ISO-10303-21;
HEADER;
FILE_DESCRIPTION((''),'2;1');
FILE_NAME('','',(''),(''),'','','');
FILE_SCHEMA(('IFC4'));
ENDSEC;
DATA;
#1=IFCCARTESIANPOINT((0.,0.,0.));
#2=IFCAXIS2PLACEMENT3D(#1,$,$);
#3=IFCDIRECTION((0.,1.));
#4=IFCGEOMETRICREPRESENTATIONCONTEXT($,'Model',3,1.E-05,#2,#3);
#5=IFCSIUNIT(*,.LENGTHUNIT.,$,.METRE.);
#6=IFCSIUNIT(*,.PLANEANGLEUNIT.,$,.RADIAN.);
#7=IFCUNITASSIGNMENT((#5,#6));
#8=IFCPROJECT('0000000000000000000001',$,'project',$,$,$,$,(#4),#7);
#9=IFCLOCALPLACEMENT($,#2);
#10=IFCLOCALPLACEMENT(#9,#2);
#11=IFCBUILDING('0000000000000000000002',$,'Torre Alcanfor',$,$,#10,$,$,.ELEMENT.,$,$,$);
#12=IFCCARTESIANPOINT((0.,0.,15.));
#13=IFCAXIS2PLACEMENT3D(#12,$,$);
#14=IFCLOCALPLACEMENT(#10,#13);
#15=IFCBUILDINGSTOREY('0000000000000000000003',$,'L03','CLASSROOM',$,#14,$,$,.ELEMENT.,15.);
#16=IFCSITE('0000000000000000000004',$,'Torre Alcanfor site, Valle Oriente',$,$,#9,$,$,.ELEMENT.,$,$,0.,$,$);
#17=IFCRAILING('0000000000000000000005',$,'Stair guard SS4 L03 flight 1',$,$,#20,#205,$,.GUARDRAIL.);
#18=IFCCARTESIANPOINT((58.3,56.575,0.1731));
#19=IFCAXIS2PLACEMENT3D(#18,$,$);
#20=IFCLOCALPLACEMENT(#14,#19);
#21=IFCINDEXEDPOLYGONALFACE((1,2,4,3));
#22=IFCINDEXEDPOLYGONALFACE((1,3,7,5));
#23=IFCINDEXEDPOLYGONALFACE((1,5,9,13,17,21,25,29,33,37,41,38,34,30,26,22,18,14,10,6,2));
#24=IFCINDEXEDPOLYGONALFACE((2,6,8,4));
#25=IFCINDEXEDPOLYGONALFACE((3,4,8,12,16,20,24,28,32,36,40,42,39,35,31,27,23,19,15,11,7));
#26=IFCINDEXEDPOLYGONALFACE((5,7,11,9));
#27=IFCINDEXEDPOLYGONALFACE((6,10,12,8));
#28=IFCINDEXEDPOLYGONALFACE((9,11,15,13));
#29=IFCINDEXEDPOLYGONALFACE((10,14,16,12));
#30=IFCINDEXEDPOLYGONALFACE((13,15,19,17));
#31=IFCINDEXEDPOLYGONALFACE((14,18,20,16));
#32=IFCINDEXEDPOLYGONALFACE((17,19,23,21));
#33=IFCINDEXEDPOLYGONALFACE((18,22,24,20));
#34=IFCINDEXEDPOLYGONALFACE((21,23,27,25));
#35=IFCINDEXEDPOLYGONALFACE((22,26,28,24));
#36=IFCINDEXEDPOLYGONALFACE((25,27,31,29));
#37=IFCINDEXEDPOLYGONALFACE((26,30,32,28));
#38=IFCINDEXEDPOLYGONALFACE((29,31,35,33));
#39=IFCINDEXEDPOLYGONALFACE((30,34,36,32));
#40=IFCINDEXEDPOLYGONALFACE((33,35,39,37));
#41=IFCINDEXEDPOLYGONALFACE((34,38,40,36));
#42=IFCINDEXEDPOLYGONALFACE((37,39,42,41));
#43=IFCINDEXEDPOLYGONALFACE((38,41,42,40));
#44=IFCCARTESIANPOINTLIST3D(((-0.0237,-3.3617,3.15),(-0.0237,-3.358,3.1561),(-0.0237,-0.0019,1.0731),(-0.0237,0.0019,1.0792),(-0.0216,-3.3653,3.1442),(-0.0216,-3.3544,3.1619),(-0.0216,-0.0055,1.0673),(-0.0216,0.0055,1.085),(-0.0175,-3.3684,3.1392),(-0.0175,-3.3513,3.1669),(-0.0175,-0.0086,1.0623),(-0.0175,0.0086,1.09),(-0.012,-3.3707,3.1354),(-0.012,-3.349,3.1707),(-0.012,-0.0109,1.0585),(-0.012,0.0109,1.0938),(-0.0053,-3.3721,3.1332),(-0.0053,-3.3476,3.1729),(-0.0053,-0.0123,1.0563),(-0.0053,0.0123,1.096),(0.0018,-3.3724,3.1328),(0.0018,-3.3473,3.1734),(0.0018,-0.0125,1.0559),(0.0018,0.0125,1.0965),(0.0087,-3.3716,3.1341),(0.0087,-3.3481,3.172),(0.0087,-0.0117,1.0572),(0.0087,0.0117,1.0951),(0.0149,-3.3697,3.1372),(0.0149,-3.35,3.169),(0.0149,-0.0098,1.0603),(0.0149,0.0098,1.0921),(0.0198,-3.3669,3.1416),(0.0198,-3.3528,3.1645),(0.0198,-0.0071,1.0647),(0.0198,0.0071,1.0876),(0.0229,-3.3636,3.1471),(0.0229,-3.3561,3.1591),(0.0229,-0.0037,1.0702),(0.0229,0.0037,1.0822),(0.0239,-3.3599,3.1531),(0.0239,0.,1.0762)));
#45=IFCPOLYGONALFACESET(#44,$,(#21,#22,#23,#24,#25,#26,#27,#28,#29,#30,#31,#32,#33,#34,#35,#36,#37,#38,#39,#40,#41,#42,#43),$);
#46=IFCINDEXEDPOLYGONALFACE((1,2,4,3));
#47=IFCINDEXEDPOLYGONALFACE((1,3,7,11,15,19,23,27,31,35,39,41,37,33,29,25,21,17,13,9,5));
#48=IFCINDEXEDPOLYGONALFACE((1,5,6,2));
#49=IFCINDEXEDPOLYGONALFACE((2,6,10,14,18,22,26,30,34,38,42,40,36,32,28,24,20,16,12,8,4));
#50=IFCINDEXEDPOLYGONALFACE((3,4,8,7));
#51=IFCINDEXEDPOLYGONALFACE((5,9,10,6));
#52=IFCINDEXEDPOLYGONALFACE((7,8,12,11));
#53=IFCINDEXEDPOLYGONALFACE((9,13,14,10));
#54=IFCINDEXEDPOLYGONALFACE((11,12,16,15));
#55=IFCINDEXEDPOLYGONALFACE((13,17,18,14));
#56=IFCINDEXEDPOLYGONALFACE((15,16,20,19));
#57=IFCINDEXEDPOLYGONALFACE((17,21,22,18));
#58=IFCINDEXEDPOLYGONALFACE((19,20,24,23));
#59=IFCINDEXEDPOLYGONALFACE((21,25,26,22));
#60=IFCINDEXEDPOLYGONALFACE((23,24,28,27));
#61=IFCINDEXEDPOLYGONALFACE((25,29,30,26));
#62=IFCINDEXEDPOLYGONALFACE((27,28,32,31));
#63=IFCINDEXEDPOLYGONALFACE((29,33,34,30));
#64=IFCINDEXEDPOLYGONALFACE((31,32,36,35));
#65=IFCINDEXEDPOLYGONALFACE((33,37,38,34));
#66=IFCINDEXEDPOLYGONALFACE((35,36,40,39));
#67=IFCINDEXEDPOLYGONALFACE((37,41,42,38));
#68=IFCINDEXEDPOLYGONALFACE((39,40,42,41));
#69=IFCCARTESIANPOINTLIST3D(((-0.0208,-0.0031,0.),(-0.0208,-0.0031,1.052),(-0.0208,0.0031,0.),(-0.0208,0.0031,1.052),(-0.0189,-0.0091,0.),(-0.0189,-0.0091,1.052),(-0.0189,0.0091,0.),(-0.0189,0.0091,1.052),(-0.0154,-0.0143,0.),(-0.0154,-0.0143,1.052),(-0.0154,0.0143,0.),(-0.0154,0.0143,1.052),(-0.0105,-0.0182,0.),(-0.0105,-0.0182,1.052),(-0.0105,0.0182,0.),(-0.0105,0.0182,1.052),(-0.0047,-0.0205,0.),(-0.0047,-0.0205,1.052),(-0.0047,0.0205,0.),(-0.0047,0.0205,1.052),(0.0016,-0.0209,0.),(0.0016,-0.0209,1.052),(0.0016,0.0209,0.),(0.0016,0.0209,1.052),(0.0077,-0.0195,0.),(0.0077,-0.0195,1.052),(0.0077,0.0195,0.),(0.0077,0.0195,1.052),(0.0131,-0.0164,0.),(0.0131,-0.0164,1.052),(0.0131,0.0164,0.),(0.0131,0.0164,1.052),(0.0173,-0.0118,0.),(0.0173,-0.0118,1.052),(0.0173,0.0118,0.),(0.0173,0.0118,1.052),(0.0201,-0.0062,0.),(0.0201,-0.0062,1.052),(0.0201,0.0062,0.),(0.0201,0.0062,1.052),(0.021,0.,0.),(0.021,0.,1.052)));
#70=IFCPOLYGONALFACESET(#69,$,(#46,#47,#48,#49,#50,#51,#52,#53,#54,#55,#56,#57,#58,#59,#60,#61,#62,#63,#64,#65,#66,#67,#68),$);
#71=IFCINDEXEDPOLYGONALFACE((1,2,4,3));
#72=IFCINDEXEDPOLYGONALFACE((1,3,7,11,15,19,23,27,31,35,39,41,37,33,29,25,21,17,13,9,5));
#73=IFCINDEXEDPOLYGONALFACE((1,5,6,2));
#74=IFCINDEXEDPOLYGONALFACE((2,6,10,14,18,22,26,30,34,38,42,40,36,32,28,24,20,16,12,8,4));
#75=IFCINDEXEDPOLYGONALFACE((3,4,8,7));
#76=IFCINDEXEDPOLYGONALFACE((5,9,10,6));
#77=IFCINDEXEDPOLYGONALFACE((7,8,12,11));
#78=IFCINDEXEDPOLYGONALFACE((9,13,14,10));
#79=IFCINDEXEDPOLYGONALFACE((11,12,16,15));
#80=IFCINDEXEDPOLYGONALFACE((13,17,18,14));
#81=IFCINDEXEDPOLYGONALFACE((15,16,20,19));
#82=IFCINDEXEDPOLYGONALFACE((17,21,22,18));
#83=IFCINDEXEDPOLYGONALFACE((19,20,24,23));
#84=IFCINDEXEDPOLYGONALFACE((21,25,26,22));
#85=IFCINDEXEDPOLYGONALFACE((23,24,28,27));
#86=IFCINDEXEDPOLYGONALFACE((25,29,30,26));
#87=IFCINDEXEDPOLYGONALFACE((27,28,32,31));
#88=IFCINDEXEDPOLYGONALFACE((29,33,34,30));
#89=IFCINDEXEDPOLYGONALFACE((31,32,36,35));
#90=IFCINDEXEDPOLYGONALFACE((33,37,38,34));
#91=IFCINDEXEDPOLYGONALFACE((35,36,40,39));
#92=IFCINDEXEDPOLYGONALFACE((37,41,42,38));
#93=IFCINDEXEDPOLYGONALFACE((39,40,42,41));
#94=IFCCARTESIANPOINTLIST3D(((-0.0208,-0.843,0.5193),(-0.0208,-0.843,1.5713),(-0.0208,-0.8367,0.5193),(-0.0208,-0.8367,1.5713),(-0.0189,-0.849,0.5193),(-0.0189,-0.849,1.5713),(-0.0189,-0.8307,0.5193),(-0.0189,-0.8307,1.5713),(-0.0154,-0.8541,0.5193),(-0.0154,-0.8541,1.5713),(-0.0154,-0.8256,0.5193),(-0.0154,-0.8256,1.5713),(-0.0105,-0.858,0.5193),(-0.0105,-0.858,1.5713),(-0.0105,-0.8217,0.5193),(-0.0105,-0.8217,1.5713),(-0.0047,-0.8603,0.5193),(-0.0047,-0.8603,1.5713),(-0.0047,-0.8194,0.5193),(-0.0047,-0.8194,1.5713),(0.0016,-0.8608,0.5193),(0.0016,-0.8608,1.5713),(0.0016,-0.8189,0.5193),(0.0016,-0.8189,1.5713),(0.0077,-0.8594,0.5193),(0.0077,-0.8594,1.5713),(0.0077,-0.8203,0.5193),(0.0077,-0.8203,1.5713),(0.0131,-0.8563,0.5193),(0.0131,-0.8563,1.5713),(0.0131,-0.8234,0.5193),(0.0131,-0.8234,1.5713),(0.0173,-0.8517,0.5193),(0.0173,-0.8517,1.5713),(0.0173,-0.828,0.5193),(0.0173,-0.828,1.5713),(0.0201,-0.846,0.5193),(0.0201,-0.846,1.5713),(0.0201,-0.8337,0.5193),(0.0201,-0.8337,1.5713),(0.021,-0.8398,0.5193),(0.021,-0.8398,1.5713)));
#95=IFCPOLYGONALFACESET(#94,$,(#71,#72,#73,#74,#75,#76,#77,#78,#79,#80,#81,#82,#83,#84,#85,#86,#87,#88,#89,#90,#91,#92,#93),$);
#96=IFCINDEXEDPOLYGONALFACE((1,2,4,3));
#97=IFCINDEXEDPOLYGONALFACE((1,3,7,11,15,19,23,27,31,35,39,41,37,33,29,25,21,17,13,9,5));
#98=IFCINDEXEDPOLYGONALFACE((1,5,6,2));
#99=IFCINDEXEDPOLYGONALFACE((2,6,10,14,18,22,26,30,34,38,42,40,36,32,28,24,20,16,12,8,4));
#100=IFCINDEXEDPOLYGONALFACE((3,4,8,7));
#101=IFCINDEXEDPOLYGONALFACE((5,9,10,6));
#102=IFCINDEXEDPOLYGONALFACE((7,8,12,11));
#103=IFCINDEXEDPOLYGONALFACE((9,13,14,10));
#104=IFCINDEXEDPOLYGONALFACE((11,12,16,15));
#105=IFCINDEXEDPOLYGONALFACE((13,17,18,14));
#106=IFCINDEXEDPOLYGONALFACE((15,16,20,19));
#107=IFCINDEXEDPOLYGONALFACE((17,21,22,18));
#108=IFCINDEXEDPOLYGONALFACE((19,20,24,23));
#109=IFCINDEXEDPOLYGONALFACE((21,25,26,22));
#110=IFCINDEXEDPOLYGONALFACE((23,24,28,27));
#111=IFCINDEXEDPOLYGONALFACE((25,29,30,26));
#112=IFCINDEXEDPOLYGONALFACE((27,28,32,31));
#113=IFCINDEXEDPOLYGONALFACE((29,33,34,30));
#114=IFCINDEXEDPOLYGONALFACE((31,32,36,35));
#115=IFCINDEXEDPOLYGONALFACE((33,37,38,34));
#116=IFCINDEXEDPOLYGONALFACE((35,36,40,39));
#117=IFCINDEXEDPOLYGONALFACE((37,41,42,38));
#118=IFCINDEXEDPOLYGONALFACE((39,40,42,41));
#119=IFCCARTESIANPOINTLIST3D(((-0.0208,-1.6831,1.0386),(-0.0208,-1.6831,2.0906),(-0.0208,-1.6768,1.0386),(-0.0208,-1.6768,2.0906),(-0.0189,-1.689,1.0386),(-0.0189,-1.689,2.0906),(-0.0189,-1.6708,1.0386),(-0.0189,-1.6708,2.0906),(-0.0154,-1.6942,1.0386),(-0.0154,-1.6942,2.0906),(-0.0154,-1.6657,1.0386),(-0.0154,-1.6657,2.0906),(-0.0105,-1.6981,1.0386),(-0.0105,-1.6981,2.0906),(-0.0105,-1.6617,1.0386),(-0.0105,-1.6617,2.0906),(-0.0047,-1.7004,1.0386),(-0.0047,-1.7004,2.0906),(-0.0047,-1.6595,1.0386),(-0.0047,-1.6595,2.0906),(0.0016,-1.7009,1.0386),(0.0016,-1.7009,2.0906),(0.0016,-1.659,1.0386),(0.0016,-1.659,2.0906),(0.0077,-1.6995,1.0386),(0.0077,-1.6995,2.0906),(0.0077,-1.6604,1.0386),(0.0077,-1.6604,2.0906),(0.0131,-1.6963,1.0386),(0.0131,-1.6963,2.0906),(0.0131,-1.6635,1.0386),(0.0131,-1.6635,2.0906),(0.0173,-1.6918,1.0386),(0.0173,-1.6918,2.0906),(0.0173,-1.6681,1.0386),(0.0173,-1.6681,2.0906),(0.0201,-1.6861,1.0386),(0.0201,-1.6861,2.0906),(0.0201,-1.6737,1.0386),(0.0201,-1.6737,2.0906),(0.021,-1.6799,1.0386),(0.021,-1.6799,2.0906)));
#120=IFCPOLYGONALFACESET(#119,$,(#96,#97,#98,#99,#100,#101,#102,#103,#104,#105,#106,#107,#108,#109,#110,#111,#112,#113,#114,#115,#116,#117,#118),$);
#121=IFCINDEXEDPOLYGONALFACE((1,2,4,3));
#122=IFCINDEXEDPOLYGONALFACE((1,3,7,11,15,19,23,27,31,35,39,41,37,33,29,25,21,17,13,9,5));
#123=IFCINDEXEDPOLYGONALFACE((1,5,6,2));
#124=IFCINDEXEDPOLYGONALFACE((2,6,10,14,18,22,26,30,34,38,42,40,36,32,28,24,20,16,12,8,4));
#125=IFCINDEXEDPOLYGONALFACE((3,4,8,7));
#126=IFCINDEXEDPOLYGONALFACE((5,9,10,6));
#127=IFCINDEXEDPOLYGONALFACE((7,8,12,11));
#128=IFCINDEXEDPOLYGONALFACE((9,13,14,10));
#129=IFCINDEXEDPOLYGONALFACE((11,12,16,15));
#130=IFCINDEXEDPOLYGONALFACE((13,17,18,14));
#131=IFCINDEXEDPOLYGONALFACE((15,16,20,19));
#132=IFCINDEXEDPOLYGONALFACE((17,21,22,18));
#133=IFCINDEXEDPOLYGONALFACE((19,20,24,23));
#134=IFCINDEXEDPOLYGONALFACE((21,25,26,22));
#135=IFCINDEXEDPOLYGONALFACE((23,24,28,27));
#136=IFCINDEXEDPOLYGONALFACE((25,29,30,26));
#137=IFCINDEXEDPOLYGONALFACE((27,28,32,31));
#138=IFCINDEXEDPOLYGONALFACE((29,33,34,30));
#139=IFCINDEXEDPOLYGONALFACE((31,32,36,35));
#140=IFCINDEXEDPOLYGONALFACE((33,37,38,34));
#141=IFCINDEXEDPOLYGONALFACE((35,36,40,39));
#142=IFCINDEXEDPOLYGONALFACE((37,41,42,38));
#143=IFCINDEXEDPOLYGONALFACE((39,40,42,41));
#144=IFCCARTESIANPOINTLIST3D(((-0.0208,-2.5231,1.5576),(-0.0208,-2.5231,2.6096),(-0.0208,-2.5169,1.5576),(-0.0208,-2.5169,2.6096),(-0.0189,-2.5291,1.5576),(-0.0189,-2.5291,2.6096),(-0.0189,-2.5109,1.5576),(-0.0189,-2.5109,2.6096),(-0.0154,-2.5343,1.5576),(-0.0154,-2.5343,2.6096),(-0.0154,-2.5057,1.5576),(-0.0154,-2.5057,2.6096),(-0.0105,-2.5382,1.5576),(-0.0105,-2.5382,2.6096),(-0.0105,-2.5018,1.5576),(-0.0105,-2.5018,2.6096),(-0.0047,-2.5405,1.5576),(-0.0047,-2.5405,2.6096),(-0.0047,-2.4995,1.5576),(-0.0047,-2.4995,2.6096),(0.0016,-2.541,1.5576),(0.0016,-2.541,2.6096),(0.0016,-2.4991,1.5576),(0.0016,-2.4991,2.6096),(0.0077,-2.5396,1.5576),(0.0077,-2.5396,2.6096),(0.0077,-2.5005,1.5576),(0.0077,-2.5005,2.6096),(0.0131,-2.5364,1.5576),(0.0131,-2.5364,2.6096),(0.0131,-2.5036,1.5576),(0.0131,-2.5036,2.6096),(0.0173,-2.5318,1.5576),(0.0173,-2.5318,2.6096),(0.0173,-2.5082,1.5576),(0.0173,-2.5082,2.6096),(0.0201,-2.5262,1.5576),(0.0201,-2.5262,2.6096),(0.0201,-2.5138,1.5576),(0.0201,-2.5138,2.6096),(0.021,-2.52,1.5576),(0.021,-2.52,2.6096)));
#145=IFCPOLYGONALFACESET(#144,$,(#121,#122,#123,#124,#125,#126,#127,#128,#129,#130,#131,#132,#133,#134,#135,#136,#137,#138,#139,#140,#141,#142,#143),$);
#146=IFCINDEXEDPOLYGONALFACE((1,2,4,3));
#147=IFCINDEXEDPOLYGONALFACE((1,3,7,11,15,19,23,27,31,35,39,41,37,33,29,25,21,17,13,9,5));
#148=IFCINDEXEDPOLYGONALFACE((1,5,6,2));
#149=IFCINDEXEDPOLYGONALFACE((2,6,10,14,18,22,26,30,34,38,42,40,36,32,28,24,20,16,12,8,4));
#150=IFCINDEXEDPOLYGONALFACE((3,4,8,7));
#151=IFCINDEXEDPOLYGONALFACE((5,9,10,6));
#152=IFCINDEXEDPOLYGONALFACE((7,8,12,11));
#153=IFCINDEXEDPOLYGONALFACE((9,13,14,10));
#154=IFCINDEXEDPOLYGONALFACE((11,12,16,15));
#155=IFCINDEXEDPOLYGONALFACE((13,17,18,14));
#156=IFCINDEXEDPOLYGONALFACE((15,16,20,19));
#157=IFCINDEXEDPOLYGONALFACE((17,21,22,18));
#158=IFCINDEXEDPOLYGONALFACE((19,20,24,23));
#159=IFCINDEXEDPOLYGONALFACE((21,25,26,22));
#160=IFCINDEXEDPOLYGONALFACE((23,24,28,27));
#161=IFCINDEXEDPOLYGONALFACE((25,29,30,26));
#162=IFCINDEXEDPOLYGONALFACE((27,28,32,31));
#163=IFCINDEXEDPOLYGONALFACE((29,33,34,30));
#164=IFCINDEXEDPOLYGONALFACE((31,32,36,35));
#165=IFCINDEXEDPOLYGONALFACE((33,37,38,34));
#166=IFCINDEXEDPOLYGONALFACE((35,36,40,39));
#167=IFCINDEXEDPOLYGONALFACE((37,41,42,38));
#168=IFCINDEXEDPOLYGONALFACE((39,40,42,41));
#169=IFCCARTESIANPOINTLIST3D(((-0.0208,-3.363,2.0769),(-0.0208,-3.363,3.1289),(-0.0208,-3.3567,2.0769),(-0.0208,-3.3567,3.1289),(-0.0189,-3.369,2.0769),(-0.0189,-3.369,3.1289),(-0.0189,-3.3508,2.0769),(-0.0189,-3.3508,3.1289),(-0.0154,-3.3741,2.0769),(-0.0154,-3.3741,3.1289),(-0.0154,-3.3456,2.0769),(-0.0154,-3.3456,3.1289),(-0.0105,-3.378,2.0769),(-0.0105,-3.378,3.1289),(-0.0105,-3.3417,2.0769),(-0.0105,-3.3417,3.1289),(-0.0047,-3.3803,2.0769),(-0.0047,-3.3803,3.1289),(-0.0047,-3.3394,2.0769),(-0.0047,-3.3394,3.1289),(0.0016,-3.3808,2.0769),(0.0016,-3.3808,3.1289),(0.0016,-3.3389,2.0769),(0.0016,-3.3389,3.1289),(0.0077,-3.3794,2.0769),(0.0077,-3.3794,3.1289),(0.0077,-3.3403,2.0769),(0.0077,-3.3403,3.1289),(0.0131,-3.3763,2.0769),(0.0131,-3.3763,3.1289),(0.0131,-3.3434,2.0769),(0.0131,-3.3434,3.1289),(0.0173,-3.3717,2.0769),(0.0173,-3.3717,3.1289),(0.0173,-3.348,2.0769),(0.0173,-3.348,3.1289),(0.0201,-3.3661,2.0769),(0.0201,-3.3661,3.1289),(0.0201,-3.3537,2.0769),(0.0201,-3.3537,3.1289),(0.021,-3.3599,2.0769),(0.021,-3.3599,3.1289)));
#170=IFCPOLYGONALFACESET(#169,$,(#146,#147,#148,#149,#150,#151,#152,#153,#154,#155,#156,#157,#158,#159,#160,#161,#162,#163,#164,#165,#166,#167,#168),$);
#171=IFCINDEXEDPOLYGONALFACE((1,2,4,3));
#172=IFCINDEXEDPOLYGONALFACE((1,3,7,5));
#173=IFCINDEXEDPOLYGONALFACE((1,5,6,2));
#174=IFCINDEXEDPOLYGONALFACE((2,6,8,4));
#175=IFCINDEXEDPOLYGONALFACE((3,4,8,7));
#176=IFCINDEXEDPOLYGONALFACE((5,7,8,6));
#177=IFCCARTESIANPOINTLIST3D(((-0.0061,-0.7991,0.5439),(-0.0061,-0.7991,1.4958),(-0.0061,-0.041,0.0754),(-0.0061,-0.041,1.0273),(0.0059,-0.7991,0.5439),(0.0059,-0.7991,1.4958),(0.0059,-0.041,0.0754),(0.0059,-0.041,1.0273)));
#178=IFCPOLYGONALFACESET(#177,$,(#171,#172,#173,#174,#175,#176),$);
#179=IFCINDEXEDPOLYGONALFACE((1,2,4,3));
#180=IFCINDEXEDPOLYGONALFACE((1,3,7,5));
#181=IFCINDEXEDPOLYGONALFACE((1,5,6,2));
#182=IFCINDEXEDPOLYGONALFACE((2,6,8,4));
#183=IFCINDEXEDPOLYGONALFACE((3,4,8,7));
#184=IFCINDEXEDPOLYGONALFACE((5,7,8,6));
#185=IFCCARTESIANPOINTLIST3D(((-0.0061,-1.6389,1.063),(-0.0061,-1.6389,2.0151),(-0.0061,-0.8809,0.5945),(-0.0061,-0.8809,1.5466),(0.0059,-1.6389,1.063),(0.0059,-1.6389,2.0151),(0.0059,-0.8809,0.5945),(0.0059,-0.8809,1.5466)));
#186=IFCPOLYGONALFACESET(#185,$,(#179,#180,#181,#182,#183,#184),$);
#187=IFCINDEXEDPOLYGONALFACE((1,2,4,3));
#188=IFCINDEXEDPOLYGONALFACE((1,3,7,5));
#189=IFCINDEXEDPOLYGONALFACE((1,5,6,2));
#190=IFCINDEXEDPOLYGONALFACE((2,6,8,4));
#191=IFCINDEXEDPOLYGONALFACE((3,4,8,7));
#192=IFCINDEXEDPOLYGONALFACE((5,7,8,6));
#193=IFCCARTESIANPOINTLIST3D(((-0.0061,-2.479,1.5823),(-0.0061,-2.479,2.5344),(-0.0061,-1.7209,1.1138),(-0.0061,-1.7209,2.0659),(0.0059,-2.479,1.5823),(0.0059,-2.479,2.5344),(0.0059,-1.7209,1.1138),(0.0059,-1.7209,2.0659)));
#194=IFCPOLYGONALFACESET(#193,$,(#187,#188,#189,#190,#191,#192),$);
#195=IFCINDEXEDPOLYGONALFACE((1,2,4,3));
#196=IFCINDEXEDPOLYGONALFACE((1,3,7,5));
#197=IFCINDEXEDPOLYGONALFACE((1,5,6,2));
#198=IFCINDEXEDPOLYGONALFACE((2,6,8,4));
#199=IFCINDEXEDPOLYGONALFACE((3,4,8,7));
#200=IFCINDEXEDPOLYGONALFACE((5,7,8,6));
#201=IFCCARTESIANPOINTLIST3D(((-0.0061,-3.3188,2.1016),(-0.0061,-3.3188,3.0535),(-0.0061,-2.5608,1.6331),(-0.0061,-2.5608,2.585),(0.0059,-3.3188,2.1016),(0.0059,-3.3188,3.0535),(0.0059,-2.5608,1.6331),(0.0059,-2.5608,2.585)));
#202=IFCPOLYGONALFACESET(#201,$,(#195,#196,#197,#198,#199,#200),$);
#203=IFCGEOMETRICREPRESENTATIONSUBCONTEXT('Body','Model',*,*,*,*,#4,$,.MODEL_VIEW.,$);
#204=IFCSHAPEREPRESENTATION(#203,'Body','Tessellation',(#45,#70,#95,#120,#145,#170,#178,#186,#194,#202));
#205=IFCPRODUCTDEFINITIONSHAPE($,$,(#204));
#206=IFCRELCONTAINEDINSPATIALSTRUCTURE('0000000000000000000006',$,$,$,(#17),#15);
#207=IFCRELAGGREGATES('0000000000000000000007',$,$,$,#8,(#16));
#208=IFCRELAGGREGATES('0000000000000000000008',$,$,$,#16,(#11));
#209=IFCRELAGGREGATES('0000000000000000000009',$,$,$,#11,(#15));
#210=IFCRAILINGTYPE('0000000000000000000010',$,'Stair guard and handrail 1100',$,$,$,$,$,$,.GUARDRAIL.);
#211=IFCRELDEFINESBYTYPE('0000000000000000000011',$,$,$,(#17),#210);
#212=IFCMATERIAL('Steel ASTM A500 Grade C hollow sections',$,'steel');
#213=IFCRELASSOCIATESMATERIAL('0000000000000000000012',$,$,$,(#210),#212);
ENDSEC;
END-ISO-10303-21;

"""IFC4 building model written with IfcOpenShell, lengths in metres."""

from ifc_helpers import new_model, si_unit, direction, frame, origin, origin_2d, place, context, subcontext, project, spatial, polyline, circle, outline, extrude, material, type_object, element, save


model = new_model("IFC4")

# Units and contexts
model_context = context("Model", 3, precision=1e-05, world=origin(), true_north=direction((0.0, 1.0)))
body_context = subcontext(model_context, "Body", "Model", "MODEL_VIEW")
ifc_project = project(units=[si_unit("LENGTHUNIT", "METRE"), si_unit("PLANEANGLEUNIT", "RADIAN")], contexts=[model_context])

# Site, building, storey
site_placement = place(None, origin())
site = spatial("IfcSite", under=ifc_project, at=site_placement, Name="Torre Alcanfor site, Valle Oriente", CompositionType="ELEMENT", RefElevation=0.0)
building_placement = place(site_placement, origin())
building = spatial("IfcBuilding", under=site, at=building_placement, Name="Torre Alcanfor", CompositionType="ELEMENT")
storey_placement = place(building_placement, frame((0.0, 0.0, 15.0)))
storey = spatial("IfcBuildingStorey", under=building, at=storey_placement, Name="L03", Description="CLASSROOM", CompositionType="ELEMENT", Elevation=15.0)

# Railing
ifc_material_1 = material(Name="Steel ASTM A500 Grade C hollow sections", Category="steel")
railing_type_1 = type_object("IfcRailingType", Name="Stair guard and handrail 1100", PredefinedType="GUARDRAIL", material=ifc_material_1)
railing_1_placement = place(storey_placement, frame((58.3, 56.575, 0.1731)))
element("IfcRailing", 1, at=railing_1_placement, inside=storey, type_object=railing_type_1, Name="Stair guard SS4 L03 flight 1", PredefinedType="GUARDRAIL", context=body_context, shape_type="SweptSolid", body=[
    extrude(circle(Radius=0.0239, at=origin_2d()), frame((0.0, 0.0, 1.0762), z_axis=(0.0, -0.850606, 0.525803), x_axis=(1.0, 0.0, 0.0)), (0.0, 0.0, 1.0), 3.95),
    extrude(circle(Radius=0.021, at=origin_2d()), origin(), (0.0, 0.0, 1.0), 1.052),
    extrude(circle(Radius=0.021, at=origin_2d()), frame((0.0, -0.8398, 0.5193)), (0.0, 0.0, 1.0), 1.052),
    extrude(circle(Radius=0.021, at=origin_2d()), frame((0.0, -1.6799, 1.0386)), (0.0, 0.0, 1.0), 1.052),
    extrude(circle(Radius=0.021, at=origin_2d()), frame((0.0, -2.52, 1.5576)), (0.0, 0.0, 1.0), 1.052),
    extrude(circle(Radius=0.021, at=origin_2d()), frame((0.0, -3.3599, 2.0769)), (0.0, 0.0, 1.0), 1.052),
    extrude(outline(polyline([(0.041, 0.0754), (0.7991, 0.5439), (0.7991, 1.4958), (0.041, 1.0273), (0.041, 0.0754)])), frame((0.0059, 0.0, 0.0), z_axis=(-1.0, 0.0, 0.0), x_axis=(0.0, -1.0, 0.0)), (0.0, 0.0, 1.0), 0.012),
    extrude(outline(polyline([(0.8809, 0.5945), (1.6389, 1.063), (1.6389, 2.0151), (0.8809, 1.5466), (0.8809, 0.5945)])), frame((0.0059, 0.0, 0.0), z_axis=(-1.0, 0.0, 0.0), x_axis=(0.0, -1.0, 0.0)), (0.0, 0.0, 1.0), 0.012),
    extrude(outline(polyline([(1.7209, 1.1138), (2.479, 1.5823), (2.479, 2.5344), (1.7209, 2.0659), (1.7209, 1.1138)])), frame((0.0059, 0.0, 0.0), z_axis=(-1.0, 0.0, 0.0), x_axis=(0.0, -1.0, 0.0)), (0.0, 0.0, 1.0), 0.012),
    extrude(outline(polyline([(2.5608, 1.6331), (3.3188, 2.1016), (3.3188, 3.0535), (2.5608, 2.585), (2.5608, 1.6331)])), frame((0.0059, 0.0, 0.0), z_axis=(-1.0, 0.0, 0.0), x_axis=(0.0, -1.0, 0.0)), (0.0, 0.0, 1.0), 0.012),
])

save(model, "model.ifc")
